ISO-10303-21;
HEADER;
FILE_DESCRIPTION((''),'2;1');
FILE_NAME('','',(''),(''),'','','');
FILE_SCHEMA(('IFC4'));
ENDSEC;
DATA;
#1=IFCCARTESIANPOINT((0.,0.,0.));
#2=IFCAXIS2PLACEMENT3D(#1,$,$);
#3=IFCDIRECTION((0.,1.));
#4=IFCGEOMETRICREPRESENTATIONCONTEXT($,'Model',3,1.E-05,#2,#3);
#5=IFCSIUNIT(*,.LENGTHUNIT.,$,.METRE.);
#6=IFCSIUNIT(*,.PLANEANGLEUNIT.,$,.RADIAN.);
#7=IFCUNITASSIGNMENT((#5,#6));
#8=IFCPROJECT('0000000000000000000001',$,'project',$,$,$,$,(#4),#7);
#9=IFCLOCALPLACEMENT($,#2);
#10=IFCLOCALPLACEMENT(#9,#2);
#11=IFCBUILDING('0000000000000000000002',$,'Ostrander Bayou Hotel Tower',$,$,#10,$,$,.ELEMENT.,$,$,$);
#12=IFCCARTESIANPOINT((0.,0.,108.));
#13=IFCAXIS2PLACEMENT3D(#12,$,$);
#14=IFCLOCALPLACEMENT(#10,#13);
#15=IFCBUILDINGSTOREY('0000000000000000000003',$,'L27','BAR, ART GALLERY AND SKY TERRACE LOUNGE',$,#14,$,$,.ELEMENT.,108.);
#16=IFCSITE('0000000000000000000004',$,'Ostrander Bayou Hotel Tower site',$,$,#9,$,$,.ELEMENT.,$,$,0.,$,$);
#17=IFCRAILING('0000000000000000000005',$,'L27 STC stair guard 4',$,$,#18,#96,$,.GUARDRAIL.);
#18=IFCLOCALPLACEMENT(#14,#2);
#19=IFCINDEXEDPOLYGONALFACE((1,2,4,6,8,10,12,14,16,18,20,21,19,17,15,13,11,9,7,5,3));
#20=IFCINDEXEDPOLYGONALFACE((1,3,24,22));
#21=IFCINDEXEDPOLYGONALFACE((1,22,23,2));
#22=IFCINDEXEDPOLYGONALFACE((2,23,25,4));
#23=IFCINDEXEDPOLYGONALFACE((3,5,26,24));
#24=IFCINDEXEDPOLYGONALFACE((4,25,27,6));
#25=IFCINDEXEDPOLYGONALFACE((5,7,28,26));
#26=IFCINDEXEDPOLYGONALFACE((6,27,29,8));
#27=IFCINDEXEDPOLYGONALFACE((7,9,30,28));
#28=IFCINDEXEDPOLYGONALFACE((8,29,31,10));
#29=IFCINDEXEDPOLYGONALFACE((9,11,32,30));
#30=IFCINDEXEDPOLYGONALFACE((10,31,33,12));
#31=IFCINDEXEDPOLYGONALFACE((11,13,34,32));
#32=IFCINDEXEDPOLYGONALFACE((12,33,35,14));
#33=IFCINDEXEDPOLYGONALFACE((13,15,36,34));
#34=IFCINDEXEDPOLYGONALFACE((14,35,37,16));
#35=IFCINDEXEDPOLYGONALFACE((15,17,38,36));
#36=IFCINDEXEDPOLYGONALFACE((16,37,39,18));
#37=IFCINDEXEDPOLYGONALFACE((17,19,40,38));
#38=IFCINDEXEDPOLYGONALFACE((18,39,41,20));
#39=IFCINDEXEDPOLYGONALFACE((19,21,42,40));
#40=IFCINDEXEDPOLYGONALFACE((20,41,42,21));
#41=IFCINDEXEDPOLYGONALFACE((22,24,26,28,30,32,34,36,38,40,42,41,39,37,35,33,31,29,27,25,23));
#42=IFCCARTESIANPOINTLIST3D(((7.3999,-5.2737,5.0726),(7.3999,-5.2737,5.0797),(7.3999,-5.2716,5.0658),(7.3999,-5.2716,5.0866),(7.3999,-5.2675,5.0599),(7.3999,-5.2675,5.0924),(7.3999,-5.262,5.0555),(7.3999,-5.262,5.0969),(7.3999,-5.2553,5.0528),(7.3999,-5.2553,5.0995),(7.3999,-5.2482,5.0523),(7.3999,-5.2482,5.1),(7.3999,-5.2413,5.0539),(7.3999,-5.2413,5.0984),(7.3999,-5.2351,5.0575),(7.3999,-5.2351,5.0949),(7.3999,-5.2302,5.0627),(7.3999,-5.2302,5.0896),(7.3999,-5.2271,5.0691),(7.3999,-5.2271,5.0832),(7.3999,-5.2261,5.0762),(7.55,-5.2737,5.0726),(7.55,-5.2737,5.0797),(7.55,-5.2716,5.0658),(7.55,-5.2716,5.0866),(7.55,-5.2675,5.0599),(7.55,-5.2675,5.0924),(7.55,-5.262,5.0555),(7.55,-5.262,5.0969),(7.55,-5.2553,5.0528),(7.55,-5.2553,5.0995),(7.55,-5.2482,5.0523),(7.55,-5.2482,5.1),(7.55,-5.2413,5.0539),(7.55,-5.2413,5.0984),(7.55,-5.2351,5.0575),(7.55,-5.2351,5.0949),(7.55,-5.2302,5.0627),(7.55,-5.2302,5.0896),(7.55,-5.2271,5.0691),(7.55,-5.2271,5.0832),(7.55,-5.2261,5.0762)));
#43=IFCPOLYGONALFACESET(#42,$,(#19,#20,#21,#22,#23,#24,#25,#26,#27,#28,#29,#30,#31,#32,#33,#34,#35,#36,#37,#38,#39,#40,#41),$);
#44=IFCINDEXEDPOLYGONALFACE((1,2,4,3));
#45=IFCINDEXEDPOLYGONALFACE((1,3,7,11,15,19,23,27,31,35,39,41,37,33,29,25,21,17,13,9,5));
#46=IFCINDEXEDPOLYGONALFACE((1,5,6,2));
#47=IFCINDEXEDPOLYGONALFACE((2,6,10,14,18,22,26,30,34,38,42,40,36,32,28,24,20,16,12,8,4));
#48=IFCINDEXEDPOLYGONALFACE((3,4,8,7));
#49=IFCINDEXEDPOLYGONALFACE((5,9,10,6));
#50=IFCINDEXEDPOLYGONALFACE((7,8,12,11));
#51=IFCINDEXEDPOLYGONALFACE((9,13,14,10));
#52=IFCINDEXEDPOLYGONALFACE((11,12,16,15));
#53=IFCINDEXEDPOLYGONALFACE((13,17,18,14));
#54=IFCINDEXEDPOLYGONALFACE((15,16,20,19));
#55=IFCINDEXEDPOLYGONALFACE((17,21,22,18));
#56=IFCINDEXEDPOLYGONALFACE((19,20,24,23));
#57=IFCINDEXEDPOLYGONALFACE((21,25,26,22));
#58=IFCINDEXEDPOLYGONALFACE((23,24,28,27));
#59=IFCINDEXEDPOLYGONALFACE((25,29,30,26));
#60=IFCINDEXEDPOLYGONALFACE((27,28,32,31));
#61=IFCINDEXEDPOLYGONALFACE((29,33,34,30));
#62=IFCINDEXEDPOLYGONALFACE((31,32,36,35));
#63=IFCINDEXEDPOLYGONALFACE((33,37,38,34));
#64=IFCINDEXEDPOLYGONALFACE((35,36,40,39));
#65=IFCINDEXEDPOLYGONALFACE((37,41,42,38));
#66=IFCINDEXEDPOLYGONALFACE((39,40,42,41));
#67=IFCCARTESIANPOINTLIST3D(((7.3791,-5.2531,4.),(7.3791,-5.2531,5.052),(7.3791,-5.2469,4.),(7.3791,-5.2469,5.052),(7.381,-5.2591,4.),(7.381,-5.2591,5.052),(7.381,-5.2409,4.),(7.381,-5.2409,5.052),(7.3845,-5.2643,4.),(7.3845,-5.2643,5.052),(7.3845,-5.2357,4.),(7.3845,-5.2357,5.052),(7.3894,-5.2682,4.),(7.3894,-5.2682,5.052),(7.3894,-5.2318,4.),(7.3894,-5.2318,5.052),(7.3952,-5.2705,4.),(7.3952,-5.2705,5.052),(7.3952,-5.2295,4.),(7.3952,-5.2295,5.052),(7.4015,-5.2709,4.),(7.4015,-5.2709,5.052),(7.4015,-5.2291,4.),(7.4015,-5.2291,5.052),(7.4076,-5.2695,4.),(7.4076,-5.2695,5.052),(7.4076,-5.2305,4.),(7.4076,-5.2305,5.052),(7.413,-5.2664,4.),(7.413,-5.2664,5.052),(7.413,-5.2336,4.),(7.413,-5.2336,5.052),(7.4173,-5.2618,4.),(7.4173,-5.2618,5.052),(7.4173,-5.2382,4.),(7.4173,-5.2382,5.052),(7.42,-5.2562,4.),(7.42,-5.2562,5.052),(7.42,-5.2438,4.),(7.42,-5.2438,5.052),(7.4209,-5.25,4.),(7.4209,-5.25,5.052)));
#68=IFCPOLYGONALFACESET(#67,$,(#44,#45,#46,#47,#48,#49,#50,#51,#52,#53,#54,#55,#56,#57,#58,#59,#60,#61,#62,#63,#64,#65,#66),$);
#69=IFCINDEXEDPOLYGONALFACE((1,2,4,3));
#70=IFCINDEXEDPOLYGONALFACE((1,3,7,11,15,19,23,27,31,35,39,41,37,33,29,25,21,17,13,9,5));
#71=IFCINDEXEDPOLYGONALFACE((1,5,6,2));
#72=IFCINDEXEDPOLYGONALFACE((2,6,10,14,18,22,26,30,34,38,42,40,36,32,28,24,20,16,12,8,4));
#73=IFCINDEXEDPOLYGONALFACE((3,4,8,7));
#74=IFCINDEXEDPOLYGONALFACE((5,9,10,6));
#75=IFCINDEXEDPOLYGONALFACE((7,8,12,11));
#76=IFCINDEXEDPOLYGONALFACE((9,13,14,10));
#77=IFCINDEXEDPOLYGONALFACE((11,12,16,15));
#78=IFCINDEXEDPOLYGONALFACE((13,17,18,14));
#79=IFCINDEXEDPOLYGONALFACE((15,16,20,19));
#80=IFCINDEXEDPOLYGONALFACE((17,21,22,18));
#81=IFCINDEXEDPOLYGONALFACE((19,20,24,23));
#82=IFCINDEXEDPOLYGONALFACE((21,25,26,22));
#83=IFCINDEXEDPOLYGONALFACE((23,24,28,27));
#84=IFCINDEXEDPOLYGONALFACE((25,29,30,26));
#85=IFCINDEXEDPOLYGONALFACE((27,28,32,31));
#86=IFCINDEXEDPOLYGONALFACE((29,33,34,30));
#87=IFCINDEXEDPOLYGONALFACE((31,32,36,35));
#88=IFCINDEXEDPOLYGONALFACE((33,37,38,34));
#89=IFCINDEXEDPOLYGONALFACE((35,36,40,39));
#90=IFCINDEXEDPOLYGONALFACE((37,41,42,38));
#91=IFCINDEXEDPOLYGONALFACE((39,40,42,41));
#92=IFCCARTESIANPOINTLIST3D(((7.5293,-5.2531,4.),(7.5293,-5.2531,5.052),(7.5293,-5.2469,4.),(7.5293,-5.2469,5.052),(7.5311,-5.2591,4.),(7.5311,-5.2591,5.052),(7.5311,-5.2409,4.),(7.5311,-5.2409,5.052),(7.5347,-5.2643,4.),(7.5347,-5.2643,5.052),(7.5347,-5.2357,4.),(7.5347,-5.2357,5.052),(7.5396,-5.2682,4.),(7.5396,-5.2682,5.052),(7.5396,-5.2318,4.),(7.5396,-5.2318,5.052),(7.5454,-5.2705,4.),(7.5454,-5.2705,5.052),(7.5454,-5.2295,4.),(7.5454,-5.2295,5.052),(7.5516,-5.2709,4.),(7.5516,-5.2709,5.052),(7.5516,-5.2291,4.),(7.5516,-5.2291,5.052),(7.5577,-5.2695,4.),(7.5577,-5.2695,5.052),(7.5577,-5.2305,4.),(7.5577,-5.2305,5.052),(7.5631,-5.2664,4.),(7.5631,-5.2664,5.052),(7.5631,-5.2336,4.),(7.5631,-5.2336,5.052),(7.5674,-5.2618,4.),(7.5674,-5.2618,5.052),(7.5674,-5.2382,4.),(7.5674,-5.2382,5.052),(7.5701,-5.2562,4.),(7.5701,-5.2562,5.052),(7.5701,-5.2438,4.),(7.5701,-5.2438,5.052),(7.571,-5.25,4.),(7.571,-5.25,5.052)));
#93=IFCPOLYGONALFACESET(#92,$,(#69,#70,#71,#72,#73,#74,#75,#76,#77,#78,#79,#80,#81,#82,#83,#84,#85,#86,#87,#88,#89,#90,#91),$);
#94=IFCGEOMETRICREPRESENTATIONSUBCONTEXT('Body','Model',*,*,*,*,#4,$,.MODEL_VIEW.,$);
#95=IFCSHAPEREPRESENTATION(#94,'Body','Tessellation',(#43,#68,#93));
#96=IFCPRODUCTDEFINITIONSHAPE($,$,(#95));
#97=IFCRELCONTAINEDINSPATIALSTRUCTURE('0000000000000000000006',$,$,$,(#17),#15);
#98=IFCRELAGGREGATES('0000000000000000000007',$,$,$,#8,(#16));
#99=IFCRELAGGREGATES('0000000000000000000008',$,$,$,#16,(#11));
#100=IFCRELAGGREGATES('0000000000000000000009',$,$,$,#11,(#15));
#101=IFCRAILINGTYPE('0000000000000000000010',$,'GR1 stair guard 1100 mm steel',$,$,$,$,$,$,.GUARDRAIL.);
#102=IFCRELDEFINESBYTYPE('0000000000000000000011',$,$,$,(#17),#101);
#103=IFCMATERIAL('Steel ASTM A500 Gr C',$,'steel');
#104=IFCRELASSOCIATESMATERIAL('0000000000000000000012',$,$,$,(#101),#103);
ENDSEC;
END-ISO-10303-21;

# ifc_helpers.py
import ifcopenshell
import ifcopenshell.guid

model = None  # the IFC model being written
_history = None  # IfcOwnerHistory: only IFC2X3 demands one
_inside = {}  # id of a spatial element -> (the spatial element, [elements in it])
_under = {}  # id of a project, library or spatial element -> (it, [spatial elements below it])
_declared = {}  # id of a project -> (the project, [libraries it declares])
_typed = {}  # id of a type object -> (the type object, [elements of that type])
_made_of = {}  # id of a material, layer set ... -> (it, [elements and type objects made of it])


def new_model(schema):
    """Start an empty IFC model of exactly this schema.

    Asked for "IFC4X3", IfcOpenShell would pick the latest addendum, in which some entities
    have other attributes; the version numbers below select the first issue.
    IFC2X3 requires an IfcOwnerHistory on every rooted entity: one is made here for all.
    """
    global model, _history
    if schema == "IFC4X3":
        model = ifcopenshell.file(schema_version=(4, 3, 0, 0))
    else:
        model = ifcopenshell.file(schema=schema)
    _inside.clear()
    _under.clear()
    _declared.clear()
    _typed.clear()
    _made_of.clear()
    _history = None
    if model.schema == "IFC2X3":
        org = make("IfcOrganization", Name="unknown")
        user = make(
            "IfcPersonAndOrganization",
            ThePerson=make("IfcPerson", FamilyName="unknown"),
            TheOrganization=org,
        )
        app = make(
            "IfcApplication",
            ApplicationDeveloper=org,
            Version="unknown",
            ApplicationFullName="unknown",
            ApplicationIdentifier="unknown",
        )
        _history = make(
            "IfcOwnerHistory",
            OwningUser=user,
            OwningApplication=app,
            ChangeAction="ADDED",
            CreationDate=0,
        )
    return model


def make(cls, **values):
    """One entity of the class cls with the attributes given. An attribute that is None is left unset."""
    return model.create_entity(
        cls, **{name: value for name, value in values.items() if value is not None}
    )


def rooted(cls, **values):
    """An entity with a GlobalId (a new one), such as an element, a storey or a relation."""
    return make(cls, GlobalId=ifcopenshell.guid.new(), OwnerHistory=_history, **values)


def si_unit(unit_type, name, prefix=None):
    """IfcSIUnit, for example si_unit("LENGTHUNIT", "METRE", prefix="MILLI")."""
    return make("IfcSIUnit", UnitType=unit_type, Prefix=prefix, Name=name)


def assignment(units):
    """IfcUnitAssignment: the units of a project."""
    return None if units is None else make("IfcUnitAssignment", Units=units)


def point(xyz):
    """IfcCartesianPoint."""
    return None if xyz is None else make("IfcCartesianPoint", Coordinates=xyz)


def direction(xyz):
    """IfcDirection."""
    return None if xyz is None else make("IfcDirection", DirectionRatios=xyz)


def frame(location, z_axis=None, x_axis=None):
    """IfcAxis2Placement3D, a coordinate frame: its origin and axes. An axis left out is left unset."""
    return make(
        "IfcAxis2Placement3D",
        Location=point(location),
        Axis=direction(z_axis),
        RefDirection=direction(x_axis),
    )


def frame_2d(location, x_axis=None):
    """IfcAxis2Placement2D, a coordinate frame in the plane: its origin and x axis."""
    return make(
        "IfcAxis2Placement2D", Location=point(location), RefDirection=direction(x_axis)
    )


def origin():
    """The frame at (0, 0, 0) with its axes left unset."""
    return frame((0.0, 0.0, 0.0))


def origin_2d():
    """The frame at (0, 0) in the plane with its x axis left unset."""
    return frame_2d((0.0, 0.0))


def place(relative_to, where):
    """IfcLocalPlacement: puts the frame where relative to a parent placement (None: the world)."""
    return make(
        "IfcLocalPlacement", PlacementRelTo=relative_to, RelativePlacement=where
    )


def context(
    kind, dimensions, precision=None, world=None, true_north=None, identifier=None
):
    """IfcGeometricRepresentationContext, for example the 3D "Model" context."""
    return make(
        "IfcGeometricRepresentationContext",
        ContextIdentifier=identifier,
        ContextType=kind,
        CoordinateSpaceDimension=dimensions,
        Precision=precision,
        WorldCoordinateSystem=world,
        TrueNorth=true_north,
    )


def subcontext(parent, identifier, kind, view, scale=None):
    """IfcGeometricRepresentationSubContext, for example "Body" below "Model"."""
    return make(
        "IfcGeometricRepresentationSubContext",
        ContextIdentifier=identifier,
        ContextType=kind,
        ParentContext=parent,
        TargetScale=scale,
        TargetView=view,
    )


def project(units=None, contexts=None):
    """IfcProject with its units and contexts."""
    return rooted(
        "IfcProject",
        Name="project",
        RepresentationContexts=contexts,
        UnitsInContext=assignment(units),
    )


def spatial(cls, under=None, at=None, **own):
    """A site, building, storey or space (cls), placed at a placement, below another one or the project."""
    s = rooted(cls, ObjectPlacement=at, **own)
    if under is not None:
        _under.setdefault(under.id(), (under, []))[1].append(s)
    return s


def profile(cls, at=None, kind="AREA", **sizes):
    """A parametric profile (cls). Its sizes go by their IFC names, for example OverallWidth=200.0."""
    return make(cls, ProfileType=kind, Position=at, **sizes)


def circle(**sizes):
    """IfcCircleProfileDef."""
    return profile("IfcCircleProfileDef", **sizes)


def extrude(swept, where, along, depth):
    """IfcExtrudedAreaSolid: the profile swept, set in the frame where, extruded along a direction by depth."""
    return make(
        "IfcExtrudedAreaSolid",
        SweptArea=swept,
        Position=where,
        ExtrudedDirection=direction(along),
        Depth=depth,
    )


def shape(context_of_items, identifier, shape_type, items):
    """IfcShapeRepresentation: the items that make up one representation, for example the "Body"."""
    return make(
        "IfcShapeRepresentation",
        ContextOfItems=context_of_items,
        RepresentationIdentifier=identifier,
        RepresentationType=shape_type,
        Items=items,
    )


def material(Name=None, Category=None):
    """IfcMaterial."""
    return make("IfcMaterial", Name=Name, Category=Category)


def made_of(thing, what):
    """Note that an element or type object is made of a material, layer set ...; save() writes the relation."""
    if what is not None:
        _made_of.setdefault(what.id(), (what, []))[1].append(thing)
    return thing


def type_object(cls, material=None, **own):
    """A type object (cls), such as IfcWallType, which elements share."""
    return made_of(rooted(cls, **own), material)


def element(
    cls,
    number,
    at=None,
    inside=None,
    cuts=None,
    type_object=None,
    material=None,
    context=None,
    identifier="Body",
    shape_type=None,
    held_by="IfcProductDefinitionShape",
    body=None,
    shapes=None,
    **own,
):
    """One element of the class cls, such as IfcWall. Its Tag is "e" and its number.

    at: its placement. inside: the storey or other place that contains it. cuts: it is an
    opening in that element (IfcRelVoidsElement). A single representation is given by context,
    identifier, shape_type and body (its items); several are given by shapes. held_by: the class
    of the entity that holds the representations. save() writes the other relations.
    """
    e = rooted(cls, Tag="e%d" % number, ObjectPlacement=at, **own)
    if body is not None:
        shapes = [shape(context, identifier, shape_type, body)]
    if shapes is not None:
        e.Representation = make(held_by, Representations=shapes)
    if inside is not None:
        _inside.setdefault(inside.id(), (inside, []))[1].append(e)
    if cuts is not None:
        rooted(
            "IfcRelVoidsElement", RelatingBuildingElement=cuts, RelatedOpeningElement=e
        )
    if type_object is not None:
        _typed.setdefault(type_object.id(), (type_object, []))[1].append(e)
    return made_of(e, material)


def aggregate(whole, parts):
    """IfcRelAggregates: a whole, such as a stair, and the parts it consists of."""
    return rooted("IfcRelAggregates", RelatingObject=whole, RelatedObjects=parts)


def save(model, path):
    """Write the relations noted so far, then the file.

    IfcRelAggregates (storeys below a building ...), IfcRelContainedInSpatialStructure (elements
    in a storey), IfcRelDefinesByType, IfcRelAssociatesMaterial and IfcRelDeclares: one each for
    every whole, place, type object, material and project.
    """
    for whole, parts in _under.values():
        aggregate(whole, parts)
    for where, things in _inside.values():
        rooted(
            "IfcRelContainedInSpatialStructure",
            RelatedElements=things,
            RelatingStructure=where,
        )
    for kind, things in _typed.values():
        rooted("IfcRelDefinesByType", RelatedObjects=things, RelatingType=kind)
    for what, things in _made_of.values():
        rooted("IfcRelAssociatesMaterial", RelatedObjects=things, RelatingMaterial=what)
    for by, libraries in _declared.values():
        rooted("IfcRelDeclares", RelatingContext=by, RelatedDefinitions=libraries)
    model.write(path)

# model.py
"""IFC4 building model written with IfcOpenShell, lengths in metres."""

from ifc_helpers import new_model, si_unit, direction, frame, origin, origin_2d, place, context, subcontext, project, spatial, circle, extrude, material, type_object, element, save


model = new_model("IFC4")

# Units and contexts
model_context = context("Model", 3, precision=1e-05, world=origin(), true_north=direction((0.0, 1.0)))
body_context = subcontext(model_context, "Body", "Model", "MODEL_VIEW")
ifc_project = project(units=[si_unit("LENGTHUNIT", "METRE"), si_unit("PLANEANGLEUNIT", "RADIAN")], contexts=[model_context])

# Site, building, storey
site_placement = place(None, origin())
site = spatial("IfcSite", under=ifc_project, at=site_placement, Name="Ostrander Bayou Hotel Tower site", CompositionType="ELEMENT", RefElevation=0.0)
building_placement = place(site_placement, origin())
building = spatial("IfcBuilding", under=site, at=building_placement, Name="Ostrander Bayou Hotel Tower", CompositionType="ELEMENT")
storey_placement = place(building_placement, frame((0.0, 0.0, 108.0)))
storey = spatial("IfcBuildingStorey", under=building, at=storey_placement, Name="L27", Description="BAR, ART GALLERY AND SKY TERRACE LOUNGE", CompositionType="ELEMENT", Elevation=108.0)

# Railing
ifc_material_1 = material(Name="Steel ASTM A500 Gr C", Category="steel")
railing_type_1 = type_object("IfcRailingType", Name="GR1 stair guard 1100 mm steel", PredefinedType="GUARDRAIL", material=ifc_material_1)
railing_1_placement = place(storey_placement, frame((7.3999, -5.25, 4.0)))
element("IfcRailing", 1, at=railing_1_placement, inside=storey, type_object=railing_type_1, Name="L27 STC stair guard 4", PredefinedType="GUARDRAIL", context=body_context, shape_type="SweptSolid", body=[
    extrude(circle(Radius=0.0239, at=origin_2d()), frame((0.0, 0.0, 1.0762), z_axis=(1.0, 0.0, 0.0), x_axis=(0.0, 1.0, 0.0)), (0.0, 0.0, 1.0), 0.1501),
    extrude(circle(Radius=0.021, at=origin_2d()), origin(), (0.0, 0.0, 1.0), 1.052),
    extrude(circle(Radius=0.021, at=origin_2d()), frame((0.1501, 0.0, 0.0)), (0.0, 0.0, 1.0), 1.052),
])

save(model, "model.ifc")
